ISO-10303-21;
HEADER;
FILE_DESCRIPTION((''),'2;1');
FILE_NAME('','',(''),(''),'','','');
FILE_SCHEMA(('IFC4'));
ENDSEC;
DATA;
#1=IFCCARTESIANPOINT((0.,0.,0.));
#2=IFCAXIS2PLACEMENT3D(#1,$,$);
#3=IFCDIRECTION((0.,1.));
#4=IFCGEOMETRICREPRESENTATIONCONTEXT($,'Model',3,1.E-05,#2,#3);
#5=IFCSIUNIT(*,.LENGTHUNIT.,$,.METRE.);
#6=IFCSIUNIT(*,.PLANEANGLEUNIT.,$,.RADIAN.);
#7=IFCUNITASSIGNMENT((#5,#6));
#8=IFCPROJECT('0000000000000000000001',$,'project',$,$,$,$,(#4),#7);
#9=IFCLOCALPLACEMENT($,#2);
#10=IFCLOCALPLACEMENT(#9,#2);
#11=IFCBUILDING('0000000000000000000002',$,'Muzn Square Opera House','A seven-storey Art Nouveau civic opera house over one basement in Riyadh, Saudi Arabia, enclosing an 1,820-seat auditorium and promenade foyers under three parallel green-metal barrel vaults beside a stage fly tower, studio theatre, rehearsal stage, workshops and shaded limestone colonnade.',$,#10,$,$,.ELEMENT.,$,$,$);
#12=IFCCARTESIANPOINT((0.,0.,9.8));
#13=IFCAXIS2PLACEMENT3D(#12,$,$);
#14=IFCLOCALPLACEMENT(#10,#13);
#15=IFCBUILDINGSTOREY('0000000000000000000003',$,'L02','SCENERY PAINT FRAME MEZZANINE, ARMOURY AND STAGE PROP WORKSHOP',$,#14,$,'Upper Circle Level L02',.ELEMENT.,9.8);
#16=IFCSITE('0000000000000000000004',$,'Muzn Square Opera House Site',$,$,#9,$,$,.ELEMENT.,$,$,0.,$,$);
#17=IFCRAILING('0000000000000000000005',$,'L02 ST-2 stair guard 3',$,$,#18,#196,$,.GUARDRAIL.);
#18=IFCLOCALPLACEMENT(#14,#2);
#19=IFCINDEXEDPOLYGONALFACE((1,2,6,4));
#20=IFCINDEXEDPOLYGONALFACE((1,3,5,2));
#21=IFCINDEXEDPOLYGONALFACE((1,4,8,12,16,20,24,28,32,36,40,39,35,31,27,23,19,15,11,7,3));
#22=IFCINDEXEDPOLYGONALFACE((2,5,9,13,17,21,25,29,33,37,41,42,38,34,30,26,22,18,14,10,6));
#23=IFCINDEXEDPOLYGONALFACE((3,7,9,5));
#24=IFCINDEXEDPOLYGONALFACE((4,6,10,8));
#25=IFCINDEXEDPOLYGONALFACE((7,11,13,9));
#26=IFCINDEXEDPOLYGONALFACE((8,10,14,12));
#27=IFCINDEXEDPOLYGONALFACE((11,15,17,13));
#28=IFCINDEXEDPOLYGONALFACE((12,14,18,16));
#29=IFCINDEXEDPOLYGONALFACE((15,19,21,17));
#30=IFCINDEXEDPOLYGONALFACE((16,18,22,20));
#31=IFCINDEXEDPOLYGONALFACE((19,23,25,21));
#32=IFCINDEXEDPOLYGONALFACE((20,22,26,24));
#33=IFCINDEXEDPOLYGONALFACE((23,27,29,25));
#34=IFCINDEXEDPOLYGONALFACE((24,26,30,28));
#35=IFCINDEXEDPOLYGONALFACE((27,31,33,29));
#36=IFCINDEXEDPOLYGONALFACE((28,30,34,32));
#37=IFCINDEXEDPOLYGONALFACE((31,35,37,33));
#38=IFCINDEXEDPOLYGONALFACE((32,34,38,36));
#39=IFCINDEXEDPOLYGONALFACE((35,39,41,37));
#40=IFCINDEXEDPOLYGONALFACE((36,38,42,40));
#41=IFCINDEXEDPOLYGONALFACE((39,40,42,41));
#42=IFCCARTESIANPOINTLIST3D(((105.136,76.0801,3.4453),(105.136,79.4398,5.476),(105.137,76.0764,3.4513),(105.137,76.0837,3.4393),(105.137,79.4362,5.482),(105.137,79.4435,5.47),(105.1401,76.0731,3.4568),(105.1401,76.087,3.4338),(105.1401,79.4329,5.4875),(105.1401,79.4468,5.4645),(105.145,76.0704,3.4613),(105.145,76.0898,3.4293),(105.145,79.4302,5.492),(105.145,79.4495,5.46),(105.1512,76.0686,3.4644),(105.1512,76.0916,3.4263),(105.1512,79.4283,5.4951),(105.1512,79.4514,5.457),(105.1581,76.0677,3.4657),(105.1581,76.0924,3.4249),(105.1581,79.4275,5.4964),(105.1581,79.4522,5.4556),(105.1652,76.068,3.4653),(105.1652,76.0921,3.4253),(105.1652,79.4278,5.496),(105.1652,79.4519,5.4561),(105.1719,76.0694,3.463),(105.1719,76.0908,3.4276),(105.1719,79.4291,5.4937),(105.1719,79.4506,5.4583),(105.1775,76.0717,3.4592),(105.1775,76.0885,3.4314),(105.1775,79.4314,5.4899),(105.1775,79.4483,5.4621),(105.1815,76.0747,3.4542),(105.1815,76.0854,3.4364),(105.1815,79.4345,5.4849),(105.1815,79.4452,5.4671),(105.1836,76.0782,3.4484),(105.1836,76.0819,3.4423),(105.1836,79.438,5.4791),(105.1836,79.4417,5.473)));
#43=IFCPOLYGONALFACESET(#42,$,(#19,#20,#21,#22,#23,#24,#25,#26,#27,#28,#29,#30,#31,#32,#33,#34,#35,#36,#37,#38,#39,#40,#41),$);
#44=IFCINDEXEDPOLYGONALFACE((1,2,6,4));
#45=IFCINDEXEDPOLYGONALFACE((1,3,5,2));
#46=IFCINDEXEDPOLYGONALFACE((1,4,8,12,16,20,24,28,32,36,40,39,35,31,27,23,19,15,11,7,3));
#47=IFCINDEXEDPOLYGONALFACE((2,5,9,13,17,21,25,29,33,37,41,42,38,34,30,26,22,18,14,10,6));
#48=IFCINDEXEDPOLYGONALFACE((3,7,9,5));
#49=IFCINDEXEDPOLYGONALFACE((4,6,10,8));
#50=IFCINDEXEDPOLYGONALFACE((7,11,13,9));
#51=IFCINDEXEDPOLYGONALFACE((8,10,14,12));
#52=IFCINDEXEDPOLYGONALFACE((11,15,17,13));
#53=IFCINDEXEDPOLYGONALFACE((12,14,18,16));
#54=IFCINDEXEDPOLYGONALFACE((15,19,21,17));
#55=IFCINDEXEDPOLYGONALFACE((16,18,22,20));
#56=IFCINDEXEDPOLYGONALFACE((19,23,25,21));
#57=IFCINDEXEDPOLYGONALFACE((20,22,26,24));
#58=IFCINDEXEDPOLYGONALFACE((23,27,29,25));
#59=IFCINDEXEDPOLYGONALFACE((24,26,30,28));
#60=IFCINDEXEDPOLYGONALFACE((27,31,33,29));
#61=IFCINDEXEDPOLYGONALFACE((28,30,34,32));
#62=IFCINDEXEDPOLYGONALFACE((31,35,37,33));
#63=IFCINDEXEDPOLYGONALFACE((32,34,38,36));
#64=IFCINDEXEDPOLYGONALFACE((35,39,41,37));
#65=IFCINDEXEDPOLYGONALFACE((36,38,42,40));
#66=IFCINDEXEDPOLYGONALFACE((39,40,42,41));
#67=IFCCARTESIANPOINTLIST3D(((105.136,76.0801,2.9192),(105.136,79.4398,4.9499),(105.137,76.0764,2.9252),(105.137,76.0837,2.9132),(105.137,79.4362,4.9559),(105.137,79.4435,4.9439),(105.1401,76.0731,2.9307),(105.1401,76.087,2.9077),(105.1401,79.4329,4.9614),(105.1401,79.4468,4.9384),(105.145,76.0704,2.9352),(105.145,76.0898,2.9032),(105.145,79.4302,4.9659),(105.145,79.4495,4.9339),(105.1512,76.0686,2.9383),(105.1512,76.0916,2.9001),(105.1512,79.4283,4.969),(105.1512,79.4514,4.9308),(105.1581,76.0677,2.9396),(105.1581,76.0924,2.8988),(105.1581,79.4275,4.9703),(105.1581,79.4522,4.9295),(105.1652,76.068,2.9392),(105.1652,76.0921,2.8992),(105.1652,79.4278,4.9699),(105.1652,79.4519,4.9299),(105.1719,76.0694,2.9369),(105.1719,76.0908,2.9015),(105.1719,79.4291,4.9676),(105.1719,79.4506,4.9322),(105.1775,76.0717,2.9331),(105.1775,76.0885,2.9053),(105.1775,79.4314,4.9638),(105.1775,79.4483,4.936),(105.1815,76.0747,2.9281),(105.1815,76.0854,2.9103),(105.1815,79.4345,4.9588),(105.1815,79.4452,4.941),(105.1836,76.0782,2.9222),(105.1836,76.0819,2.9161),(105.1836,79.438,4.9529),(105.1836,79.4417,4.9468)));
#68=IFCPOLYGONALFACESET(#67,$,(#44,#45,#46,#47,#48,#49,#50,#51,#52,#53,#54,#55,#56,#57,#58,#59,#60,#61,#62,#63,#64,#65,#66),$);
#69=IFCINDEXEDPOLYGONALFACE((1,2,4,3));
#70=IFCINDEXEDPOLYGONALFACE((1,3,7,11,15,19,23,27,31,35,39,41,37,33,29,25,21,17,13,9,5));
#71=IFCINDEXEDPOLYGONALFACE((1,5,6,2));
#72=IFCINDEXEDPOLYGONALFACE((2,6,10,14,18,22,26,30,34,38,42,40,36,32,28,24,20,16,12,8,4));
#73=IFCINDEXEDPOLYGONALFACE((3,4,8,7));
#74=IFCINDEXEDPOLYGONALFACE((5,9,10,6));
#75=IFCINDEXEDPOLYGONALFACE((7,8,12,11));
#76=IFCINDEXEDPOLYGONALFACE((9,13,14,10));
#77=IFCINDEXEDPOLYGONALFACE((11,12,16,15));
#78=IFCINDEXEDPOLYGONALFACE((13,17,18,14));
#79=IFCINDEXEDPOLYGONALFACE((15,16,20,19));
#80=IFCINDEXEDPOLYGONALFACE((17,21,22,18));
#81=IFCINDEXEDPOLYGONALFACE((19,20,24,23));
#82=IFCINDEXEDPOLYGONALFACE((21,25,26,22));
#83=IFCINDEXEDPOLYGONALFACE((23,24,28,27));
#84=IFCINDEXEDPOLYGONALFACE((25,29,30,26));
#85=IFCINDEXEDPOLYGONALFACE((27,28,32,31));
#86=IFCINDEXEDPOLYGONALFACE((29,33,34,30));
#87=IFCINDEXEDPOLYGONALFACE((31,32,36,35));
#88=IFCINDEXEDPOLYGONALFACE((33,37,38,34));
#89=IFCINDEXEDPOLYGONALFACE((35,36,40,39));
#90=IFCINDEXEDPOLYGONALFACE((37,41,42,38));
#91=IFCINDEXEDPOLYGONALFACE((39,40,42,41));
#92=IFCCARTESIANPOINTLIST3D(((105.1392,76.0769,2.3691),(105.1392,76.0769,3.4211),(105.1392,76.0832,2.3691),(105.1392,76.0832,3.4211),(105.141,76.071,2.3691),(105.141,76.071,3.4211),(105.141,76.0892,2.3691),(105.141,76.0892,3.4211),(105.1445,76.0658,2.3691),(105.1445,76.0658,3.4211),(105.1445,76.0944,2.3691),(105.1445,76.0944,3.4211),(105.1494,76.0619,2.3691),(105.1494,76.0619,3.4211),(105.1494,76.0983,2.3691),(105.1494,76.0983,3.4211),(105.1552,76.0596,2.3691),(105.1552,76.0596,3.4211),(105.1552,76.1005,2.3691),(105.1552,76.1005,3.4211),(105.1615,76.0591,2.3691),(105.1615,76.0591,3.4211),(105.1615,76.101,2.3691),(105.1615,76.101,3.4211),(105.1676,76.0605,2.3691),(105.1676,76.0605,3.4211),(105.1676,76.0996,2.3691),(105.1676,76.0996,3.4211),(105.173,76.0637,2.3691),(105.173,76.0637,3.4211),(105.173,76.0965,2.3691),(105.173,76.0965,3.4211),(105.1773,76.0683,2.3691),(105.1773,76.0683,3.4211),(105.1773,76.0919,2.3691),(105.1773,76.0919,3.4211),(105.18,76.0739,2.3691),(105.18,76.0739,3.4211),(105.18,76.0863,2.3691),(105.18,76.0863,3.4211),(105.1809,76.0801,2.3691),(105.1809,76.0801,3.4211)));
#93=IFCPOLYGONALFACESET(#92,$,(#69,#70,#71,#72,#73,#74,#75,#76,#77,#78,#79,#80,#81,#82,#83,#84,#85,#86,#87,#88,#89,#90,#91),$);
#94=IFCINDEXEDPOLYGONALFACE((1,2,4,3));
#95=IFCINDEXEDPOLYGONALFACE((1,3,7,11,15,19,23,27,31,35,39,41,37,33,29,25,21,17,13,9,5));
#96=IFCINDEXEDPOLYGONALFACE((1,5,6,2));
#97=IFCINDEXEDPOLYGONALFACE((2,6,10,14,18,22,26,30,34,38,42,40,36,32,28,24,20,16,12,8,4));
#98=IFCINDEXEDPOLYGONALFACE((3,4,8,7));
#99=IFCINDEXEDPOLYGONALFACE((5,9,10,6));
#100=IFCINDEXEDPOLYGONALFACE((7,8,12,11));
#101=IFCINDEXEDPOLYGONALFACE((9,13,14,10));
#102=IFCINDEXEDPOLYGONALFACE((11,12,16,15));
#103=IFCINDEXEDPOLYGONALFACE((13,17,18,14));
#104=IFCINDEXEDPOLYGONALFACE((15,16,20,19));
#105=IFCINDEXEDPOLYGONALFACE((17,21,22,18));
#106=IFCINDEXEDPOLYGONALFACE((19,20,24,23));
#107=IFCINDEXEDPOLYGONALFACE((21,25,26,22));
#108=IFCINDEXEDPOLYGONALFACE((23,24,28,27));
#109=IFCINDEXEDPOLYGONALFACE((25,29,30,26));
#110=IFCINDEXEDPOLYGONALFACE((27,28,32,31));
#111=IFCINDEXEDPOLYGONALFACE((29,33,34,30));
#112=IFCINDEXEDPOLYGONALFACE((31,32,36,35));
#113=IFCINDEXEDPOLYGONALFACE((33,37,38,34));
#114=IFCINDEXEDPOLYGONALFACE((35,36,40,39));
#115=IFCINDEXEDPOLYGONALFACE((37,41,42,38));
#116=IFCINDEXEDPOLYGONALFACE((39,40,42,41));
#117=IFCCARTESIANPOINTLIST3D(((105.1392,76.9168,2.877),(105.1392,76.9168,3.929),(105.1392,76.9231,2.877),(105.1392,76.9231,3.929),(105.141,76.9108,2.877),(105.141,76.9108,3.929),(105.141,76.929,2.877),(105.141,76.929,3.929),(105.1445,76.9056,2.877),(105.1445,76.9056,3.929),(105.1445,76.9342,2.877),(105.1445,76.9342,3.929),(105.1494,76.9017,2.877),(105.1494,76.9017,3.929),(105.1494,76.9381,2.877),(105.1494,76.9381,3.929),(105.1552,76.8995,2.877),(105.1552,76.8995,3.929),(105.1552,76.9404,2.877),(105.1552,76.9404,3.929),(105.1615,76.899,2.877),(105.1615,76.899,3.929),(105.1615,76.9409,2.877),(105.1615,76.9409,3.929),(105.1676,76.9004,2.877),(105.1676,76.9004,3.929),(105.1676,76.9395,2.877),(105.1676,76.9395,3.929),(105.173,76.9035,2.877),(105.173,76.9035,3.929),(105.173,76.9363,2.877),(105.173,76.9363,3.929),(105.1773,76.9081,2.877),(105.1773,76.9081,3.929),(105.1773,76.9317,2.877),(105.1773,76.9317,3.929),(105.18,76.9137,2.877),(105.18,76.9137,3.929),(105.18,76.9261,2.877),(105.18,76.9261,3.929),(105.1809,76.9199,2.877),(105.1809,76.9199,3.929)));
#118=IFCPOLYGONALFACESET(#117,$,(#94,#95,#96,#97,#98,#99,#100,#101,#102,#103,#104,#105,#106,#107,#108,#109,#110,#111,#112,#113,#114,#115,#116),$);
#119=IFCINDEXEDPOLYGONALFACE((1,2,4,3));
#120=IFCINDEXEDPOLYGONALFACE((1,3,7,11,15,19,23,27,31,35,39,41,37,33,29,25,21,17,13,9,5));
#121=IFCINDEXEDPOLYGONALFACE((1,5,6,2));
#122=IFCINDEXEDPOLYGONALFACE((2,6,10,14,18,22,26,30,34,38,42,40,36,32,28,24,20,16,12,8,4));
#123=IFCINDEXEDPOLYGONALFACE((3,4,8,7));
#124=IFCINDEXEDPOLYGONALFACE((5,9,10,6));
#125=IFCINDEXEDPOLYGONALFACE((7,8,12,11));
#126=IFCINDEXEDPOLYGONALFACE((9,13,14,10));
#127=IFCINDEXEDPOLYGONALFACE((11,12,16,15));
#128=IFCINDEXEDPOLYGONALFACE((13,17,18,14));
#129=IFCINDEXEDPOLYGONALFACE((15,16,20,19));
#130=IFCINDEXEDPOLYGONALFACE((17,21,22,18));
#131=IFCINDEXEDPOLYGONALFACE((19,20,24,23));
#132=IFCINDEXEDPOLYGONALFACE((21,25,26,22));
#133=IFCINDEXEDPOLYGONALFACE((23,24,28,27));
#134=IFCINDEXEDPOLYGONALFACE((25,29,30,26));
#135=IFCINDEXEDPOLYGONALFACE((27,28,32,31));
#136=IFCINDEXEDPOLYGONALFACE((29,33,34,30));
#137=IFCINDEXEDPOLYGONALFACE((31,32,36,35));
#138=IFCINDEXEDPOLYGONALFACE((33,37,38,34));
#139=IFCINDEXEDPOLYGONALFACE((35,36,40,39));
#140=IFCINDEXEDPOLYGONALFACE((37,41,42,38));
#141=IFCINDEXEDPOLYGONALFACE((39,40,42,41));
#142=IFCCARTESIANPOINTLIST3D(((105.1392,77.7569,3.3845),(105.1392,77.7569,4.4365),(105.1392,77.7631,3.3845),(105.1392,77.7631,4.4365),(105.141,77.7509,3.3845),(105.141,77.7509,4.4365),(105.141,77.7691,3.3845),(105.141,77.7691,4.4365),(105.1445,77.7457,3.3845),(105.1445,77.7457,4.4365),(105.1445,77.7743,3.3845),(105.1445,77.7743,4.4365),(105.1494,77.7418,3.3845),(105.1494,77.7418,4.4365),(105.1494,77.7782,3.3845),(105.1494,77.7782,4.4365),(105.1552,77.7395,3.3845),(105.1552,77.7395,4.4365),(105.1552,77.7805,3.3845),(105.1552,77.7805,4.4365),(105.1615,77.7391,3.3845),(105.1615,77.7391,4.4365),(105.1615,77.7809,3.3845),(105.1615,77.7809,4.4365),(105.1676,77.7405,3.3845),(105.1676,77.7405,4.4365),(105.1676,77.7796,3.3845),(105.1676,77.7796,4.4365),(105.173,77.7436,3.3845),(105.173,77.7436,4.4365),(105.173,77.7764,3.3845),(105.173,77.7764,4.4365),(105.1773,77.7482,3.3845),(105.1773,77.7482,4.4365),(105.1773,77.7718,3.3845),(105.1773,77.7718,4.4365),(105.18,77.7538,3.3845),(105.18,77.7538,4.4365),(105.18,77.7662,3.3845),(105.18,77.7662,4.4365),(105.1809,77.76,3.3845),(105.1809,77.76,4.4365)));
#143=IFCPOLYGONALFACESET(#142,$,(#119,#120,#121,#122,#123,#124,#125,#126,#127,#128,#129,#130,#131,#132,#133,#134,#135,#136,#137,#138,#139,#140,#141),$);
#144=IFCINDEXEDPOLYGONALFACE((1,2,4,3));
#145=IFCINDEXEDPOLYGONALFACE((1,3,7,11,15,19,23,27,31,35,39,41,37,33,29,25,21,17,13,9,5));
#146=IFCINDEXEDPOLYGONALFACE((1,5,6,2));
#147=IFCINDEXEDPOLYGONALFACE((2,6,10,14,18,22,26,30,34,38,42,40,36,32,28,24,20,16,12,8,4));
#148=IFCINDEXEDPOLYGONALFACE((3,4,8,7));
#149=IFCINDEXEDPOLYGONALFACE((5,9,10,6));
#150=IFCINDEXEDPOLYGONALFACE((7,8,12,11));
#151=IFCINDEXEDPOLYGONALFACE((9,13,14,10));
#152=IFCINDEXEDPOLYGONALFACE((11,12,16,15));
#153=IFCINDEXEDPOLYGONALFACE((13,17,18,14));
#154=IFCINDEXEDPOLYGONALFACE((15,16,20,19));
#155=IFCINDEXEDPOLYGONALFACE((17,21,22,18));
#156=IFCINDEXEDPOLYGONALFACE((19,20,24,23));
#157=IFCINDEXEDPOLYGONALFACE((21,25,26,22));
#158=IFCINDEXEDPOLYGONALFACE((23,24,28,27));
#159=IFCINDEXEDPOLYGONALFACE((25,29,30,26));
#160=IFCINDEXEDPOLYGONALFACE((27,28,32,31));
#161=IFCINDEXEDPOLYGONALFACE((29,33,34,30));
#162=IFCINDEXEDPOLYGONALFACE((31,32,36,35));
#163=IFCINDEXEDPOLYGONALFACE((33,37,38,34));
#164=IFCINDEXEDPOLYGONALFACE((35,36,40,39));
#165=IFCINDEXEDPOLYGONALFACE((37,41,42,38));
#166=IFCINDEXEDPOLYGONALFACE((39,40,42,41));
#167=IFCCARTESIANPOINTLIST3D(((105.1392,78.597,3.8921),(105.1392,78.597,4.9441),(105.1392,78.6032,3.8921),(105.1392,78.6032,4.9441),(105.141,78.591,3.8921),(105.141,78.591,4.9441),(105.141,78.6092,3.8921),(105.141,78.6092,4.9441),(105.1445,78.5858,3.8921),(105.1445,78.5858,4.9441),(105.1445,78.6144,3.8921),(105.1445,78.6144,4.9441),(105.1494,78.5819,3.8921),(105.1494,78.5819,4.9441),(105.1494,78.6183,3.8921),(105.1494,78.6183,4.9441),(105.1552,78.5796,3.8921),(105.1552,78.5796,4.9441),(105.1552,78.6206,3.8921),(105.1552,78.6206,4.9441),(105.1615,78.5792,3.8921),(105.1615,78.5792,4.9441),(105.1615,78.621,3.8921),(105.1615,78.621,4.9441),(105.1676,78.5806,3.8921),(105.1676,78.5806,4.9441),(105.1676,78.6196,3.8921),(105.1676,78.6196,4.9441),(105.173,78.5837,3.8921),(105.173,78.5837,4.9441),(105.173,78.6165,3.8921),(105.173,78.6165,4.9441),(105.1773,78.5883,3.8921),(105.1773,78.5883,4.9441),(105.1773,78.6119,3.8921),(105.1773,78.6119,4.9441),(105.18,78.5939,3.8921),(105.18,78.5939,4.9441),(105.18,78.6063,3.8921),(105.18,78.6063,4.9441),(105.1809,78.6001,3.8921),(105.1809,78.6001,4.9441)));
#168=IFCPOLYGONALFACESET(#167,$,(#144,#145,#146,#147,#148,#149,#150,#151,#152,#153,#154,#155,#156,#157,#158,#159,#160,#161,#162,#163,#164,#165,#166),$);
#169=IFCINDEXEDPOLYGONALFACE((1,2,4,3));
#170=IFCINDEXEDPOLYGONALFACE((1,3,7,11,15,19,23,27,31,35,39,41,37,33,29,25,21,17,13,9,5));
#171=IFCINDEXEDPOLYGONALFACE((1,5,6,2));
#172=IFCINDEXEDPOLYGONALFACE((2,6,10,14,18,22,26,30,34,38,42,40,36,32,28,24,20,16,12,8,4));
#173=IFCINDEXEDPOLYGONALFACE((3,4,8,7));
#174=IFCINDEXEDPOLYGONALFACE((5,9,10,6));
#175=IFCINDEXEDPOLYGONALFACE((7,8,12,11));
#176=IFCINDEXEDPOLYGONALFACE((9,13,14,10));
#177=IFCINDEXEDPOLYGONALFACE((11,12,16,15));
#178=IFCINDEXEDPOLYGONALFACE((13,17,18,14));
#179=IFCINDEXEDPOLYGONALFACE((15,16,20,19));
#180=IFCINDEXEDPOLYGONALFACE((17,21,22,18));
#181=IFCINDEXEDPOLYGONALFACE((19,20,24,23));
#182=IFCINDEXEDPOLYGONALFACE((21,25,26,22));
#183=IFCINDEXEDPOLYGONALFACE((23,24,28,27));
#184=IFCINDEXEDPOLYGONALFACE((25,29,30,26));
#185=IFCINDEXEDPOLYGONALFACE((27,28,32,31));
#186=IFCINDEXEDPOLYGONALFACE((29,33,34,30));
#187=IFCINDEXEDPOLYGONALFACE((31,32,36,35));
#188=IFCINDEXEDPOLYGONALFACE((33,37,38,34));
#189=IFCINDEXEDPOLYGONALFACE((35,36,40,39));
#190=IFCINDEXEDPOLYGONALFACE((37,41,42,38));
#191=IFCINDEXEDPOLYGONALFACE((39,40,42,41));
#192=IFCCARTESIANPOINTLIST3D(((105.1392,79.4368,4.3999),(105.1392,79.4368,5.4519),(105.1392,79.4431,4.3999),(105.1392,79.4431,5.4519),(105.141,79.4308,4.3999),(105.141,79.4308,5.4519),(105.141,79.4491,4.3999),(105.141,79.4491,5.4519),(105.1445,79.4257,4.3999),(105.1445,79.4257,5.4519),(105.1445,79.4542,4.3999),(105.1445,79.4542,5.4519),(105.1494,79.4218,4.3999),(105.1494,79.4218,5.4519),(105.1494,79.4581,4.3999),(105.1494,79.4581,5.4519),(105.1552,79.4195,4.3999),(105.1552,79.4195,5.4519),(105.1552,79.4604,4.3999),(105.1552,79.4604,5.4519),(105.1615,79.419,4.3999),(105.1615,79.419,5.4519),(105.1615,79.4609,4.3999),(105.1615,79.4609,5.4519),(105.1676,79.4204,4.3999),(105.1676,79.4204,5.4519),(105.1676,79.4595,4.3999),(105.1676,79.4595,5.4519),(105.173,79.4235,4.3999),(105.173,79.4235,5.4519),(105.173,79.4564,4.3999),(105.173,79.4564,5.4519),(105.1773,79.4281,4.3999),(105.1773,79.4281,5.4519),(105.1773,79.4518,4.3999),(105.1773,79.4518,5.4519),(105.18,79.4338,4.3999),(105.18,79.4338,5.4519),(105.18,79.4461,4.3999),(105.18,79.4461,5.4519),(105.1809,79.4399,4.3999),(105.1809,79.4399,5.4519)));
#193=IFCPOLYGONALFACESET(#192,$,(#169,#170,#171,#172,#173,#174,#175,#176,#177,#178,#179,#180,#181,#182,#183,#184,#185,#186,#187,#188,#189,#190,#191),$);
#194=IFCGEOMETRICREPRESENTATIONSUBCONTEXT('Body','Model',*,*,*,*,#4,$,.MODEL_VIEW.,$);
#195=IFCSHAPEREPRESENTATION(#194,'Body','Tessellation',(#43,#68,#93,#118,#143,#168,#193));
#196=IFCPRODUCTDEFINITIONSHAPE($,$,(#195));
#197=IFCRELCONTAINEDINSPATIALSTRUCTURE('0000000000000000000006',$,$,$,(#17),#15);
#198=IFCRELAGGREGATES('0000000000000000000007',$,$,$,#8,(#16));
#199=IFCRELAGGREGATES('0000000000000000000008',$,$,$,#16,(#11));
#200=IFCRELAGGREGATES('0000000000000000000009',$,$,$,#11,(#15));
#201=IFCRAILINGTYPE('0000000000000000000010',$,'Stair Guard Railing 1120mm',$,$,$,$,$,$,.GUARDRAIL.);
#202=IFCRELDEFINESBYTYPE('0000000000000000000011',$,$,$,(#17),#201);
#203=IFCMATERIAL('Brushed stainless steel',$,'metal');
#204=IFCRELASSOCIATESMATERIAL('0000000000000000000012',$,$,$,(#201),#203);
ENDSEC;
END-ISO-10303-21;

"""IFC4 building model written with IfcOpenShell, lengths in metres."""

from ifc_helpers import new_model, si_unit, direction, frame, origin, origin_2d, place, context, subcontext, project, spatial, circle, extrude, material, type_object, element, save


model = new_model("IFC4")

# Units and contexts
model_context = context("Model", 3, precision=1e-05, world=origin(), true_north=direction((0.0, 1.0)))
body_context = subcontext(model_context, "Body", "Model", "MODEL_VIEW")
ifc_project = project(units=[si_unit("LENGTHUNIT", "METRE"), si_unit("PLANEANGLEUNIT", "RADIAN")], contexts=[model_context])

# Site, building, storey
site_placement = place(None, origin())
site = spatial("IfcSite", under=ifc_project, at=site_placement, Name="Muzn Square Opera House Site", CompositionType="ELEMENT", RefElevation=0.0)
building_placement = place(site_placement, origin())
building = spatial("IfcBuilding", under=site, at=building_placement, Name="Muzn Square Opera House", Description="A seven-storey Art Nouveau civic opera house over one basement in Riyadh, Saudi Arabia, enclosing an 1,820-seat auditorium and promenade foyers under three parallel green-metal barrel vaults beside a stage fly tower, studio theatre, rehearsal stage, workshops and shaded limestone colonnade.", CompositionType="ELEMENT")
storey_placement = place(building_placement, frame((0.0, 0.0, 9.8)))
storey = spatial("IfcBuildingStorey", under=building, at=storey_placement, Name="L02", Description="SCENERY PAINT FRAME MEZZANINE, ARMOURY AND STAGE PROP WORKSHOP", LongName="Upper Circle Level L02", CompositionType="ELEMENT", Elevation=9.8)

# Railing
ifc_material_1 = material(Name="Brushed stainless steel", Category="metal")
railing_type_1 = type_object("IfcRailingType", Name="Stair Guard Railing 1120mm", PredefinedType="GUARDRAIL", material=ifc_material_1)
railing_1_placement = place(storey_placement, frame((105.1599, 76.0801, 2.3691)))
element("IfcRailing", 1, at=railing_1_placement, inside=storey, type_object=railing_type_1, Name="L02 ST-2 stair guard 3", PredefinedType="GUARDRAIL", context=body_context, shape_type="SweptSolid", body=[
    extrude(circle(Radius=0.0239, at=origin_2d()), frame((0.0, 0.0, 1.0762), z_axis=(0.0, 0.85582, 0.517273), x_axis=(-1.0, 0.0, 0.0)), (0.0, 0.0, 1.0), 3.9258),
    extrude(circle(Radius=0.0239, at=origin_2d()), frame((0.0, 0.0, 0.55), z_axis=(0.0, 0.85582, 0.517273), x_axis=(-1.0, 0.0, 0.0)), (0.0, 0.0, 1.0), 3.9258),
    extrude(circle(Radius=0.021, at=origin_2d()), origin(), (0.0, 0.0, 1.0), 1.052),
    extrude(circle(Radius=0.021, at=origin_2d()), frame((0.0, 0.8398, 0.5078)), (0.0, 0.0, 1.0), 1.052),
    extrude(circle(Radius=0.021, at=origin_2d()), frame((0.0, 1.6799, 1.0154)), (0.0, 0.0, 1.0), 1.052),
    extrude(circle(Radius=0.021, at=origin_2d()), frame((0.0, 2.52, 1.5229)), (0.0, 0.0, 1.0), 1.052),
    extrude(circle(Radius=0.021, at=origin_2d()), frame((0.0, 3.3599, 2.0308)), (0.0, 0.0, 1.0), 1.052),
])

save(model, "model.ifc")
